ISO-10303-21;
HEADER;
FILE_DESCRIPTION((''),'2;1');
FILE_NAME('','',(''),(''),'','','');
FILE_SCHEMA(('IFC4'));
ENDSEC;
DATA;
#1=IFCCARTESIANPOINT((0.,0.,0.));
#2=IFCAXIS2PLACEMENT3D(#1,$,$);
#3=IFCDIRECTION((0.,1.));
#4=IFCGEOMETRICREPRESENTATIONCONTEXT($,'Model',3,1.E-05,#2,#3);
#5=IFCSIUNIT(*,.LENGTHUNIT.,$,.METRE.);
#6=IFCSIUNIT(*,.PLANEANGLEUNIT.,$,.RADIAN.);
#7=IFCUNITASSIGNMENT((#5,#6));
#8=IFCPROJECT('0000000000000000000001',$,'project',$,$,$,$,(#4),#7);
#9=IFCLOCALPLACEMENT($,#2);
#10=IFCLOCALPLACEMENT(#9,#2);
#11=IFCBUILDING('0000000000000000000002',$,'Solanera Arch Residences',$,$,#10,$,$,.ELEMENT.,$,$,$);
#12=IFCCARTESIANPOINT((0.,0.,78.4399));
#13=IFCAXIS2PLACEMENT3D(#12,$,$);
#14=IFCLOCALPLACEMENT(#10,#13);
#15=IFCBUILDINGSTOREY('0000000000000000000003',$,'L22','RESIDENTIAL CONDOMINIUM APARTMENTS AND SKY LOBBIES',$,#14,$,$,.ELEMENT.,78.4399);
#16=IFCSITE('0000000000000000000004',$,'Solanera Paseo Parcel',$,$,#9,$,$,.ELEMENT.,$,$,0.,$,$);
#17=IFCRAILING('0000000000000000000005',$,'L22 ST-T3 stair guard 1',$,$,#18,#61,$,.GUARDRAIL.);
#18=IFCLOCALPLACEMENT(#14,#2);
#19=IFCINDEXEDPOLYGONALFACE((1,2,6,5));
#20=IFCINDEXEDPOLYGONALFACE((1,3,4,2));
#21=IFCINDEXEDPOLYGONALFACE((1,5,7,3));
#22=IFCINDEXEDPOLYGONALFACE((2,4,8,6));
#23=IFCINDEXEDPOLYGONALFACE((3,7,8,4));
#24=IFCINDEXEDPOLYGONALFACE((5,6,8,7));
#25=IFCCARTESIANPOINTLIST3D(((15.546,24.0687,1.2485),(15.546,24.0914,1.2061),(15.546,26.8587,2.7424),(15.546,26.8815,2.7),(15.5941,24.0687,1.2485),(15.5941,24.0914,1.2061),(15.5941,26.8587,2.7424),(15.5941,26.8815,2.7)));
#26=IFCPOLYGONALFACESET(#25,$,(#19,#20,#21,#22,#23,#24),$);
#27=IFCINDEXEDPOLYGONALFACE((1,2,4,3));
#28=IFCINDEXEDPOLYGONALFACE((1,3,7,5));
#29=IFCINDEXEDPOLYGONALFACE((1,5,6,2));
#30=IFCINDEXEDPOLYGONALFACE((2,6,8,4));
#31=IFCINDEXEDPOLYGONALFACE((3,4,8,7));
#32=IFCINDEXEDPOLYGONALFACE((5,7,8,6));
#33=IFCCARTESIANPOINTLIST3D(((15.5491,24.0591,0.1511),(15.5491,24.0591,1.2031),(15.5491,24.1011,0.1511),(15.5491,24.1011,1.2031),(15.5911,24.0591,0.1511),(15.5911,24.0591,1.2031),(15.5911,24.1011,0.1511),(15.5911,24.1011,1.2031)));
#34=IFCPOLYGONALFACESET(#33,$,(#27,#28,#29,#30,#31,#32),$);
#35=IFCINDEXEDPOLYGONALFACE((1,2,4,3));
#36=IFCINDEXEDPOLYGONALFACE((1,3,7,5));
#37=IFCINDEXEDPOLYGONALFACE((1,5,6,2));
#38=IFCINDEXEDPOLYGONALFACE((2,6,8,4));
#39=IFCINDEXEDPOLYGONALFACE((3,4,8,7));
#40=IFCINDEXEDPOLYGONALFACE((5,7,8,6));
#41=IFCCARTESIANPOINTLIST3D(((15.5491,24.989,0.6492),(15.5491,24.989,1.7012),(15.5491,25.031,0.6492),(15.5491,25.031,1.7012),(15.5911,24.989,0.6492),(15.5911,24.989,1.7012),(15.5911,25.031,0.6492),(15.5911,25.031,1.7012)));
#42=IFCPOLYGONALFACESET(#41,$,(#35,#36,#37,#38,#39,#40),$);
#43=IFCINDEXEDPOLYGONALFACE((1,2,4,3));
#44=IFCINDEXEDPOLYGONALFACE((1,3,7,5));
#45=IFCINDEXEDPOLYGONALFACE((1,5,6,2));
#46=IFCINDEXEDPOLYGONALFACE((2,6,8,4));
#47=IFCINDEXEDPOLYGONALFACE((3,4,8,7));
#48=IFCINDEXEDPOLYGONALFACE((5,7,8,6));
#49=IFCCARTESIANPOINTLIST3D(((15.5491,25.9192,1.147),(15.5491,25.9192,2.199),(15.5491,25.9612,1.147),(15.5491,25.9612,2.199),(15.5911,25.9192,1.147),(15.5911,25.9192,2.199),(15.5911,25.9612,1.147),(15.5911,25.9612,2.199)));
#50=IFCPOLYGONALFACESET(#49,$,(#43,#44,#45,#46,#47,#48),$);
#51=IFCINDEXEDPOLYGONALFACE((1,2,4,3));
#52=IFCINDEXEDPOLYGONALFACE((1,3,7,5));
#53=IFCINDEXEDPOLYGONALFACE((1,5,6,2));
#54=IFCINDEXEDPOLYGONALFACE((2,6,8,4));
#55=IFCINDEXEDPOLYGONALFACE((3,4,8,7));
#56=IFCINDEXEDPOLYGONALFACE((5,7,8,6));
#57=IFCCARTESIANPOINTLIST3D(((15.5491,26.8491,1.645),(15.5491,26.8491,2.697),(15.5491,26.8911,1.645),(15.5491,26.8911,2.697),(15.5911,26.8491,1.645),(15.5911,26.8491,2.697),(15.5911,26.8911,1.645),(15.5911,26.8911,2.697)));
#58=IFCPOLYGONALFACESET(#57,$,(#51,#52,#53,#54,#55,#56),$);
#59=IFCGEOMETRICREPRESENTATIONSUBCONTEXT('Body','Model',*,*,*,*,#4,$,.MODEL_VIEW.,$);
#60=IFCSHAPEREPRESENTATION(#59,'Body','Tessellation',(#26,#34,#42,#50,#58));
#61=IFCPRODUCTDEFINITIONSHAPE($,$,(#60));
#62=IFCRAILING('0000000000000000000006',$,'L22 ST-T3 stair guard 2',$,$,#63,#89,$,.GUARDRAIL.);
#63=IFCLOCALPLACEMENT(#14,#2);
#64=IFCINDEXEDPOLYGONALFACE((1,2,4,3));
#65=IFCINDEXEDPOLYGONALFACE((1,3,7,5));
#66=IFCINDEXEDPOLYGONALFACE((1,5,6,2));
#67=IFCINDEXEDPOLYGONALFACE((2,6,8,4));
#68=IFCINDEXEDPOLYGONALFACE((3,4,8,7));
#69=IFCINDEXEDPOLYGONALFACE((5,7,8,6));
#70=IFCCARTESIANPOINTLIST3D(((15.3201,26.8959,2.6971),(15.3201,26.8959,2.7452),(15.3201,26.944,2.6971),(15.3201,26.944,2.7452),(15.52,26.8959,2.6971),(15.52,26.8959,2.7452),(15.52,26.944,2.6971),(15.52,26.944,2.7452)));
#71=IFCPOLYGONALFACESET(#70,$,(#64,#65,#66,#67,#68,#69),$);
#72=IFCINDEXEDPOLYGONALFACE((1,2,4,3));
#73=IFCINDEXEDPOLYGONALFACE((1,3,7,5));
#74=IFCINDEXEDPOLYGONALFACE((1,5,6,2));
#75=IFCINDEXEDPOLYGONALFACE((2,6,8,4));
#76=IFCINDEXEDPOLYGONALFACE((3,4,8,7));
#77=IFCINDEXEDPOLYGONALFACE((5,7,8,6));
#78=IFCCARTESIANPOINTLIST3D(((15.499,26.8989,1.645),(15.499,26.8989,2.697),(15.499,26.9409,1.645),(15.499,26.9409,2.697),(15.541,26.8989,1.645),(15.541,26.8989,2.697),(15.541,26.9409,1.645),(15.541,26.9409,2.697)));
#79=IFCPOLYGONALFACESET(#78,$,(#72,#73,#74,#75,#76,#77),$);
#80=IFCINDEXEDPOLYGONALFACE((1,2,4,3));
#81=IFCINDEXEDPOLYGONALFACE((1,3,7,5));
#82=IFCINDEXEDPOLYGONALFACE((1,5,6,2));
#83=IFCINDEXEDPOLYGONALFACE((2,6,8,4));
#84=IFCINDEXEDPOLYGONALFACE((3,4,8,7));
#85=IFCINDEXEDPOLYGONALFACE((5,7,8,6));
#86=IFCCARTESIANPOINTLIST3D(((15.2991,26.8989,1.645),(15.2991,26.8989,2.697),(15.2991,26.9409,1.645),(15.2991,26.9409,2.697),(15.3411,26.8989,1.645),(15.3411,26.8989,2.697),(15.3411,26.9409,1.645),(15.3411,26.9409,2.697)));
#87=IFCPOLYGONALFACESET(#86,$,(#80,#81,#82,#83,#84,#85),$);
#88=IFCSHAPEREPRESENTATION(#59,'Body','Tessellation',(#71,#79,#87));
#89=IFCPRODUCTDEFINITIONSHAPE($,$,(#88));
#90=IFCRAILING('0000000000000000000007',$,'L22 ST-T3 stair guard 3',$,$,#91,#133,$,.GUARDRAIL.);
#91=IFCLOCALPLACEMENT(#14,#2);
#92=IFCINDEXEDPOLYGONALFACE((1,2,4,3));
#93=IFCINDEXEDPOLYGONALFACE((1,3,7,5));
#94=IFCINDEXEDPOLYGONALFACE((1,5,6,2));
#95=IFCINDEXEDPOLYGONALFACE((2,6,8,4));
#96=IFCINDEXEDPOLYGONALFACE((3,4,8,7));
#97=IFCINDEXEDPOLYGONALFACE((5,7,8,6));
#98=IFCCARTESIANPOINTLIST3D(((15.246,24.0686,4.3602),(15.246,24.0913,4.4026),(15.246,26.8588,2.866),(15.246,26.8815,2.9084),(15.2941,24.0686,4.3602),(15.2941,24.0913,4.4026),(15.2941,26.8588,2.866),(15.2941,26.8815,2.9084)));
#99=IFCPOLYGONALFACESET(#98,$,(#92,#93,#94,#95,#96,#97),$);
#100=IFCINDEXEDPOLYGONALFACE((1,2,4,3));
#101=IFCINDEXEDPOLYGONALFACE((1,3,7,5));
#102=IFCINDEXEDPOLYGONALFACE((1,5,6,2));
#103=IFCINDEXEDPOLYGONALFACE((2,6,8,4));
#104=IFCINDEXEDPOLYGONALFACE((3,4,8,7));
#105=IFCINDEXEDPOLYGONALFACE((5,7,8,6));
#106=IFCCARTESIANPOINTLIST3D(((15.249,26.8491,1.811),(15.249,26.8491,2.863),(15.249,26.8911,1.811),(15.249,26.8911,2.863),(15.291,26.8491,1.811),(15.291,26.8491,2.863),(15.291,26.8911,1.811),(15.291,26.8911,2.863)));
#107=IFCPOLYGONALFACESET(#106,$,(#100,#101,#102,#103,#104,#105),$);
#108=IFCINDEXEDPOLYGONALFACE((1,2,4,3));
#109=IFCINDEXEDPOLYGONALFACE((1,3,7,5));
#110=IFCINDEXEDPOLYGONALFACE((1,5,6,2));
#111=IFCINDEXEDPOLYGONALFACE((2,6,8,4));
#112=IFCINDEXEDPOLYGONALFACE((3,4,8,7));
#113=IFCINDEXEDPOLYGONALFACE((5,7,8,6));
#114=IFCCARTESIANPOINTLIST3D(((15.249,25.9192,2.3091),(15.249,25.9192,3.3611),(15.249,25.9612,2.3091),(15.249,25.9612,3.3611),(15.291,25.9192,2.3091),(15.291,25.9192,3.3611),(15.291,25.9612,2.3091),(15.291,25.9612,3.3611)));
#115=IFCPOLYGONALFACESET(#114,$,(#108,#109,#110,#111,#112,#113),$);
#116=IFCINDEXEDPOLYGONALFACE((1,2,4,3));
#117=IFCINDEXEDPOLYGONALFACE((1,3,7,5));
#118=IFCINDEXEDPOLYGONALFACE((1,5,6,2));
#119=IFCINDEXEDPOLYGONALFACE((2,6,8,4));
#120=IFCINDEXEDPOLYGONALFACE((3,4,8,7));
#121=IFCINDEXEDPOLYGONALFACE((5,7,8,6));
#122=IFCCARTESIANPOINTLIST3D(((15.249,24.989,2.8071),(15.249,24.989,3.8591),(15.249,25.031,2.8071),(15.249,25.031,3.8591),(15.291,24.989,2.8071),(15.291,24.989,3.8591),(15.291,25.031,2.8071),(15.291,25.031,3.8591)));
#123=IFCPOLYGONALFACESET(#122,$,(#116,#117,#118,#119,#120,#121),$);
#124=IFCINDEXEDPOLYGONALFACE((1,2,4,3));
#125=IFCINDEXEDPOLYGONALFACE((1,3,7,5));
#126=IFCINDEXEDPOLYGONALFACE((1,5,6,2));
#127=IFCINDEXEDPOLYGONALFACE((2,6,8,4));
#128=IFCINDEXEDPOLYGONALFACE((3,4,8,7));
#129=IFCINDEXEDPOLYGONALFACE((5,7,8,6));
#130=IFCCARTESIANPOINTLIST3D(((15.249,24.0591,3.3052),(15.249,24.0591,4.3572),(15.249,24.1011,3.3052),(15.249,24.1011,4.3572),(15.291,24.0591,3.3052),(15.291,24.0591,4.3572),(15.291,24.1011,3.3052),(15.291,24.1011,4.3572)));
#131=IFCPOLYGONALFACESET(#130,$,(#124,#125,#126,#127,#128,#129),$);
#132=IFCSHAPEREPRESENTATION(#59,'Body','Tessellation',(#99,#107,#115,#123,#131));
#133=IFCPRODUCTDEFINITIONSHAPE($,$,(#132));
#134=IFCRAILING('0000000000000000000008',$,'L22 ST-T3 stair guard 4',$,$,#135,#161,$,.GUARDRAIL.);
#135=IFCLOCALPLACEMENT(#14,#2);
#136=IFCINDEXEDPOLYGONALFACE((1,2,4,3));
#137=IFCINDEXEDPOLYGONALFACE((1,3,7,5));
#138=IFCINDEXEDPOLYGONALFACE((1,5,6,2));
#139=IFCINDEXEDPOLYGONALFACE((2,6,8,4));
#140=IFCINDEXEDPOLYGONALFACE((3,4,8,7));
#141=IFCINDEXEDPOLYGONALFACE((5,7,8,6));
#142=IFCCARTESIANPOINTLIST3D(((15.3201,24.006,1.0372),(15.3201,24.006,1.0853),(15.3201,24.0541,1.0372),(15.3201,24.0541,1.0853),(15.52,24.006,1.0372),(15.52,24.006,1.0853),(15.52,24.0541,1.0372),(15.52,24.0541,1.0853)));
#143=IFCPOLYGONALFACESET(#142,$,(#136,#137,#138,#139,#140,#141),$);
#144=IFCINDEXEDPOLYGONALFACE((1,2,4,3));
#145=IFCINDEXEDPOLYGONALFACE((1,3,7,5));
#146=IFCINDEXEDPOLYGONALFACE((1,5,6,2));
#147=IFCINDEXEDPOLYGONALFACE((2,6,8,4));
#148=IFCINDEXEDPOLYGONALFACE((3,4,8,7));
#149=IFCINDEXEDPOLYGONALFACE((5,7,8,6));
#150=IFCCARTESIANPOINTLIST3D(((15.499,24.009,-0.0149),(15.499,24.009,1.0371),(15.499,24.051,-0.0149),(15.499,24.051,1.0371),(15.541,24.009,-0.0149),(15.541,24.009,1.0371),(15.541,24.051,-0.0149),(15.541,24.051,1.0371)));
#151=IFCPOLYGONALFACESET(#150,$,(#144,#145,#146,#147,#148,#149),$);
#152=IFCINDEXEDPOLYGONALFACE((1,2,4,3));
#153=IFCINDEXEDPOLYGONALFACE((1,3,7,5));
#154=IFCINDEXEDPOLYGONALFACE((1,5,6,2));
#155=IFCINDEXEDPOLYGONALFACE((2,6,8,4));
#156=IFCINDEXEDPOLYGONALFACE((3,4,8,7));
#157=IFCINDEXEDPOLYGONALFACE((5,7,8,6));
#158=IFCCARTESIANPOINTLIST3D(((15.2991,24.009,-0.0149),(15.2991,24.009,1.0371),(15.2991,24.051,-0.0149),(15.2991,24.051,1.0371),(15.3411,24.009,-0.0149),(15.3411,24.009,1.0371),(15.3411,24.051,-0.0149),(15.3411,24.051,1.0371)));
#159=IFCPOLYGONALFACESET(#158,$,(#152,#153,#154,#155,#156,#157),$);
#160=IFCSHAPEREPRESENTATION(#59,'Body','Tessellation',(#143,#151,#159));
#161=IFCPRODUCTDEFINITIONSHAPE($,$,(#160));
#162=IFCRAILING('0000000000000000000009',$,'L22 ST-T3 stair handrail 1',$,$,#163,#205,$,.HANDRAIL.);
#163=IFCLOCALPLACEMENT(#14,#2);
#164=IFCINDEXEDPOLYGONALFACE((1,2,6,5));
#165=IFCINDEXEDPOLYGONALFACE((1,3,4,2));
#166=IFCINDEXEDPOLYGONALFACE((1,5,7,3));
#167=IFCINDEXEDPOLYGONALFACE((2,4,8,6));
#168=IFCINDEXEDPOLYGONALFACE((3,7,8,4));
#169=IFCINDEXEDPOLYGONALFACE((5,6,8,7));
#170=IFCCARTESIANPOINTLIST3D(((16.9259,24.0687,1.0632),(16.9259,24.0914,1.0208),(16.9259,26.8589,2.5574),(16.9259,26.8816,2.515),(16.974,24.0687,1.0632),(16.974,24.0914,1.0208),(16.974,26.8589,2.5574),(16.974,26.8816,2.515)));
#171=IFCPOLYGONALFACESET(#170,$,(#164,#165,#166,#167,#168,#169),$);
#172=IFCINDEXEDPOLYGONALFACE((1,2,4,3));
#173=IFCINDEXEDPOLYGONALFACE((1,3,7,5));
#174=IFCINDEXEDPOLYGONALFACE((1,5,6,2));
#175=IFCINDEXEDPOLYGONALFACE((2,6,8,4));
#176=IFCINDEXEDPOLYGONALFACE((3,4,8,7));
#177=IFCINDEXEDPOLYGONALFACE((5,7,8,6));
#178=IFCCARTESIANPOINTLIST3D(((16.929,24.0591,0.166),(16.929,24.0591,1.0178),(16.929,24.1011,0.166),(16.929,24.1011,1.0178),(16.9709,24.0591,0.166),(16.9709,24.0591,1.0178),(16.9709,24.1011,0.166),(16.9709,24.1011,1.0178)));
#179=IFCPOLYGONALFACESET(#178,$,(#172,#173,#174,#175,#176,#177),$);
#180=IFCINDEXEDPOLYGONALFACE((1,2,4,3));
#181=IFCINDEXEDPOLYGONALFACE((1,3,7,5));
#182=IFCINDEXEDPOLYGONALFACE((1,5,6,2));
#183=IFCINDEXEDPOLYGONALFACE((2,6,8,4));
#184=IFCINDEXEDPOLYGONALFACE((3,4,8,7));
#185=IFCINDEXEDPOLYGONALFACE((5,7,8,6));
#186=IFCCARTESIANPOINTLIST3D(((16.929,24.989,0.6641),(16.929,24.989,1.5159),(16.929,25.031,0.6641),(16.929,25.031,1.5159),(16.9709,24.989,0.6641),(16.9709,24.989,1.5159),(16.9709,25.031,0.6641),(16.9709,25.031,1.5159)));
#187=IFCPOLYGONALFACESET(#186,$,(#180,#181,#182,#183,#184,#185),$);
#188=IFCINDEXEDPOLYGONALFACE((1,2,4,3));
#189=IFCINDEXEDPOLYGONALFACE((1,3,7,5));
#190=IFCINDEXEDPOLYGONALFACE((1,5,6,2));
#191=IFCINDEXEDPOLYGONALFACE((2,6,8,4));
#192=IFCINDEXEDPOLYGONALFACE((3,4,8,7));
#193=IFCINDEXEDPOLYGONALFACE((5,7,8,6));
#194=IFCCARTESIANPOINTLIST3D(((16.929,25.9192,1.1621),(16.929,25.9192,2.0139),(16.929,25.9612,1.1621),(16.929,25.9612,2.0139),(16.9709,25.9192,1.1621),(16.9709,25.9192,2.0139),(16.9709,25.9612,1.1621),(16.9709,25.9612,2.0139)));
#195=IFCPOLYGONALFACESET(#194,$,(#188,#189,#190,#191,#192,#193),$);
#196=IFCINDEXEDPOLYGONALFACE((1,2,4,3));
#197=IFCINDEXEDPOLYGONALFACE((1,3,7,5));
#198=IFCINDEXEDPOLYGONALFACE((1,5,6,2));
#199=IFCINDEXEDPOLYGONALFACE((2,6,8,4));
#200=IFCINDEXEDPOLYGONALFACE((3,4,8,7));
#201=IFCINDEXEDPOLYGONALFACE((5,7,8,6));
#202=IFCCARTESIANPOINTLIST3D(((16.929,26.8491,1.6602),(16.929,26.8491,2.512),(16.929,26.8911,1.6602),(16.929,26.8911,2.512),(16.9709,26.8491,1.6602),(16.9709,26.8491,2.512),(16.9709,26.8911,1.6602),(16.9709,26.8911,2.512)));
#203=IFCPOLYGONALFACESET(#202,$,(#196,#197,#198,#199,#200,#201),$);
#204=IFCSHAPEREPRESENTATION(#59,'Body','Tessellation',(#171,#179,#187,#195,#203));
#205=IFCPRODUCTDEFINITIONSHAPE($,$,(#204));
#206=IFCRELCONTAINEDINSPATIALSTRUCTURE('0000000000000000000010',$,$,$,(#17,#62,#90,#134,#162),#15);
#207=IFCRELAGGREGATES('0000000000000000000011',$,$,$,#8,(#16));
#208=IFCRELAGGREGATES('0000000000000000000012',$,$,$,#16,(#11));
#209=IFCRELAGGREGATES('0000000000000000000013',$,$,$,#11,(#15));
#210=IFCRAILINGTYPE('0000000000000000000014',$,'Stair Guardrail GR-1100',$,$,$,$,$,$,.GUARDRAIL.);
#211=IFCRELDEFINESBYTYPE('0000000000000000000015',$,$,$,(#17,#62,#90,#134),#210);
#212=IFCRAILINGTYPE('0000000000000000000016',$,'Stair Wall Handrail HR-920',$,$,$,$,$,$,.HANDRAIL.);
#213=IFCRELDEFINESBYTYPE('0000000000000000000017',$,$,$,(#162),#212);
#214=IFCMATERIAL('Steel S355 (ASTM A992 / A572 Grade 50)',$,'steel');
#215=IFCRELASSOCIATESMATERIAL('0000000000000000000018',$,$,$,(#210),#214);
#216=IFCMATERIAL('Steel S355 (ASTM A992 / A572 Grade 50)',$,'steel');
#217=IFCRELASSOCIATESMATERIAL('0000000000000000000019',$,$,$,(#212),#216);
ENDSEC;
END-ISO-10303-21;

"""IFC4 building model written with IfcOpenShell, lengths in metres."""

from ifc_helpers import new_model, si_unit, direction, frame, origin, origin_2d, place, context, subcontext, project, spatial, rectangle, extrude, material, type_object, element, save


model = new_model("IFC4")

# Units and contexts
model_context = context("Model", 3, precision=1e-05, world=origin(), true_north=direction((0.0, 1.0)))
body_context = subcontext(model_context, "Body", "Model", "MODEL_VIEW")
ifc_project = project(units=[si_unit("LENGTHUNIT", "METRE"), si_unit("PLANEANGLEUNIT", "RADIAN")], contexts=[model_context])

# Site, building, storey
site_placement = place(None, origin())
site = spatial("IfcSite", under=ifc_project, at=site_placement, Name="Solanera Paseo Parcel", CompositionType="ELEMENT", RefElevation=0.0)
building_placement = place(site_placement, origin())
building = spatial("IfcBuilding", under=site, at=building_placement, Name="Solanera Arch Residences", CompositionType="ELEMENT")
storey_placement = place(building_placement, frame((0.0, 0.0, 78.4399)))
storey = spatial("IfcBuildingStorey", under=building, at=storey_placement, Name="L22", Description="RESIDENTIAL CONDOMINIUM APARTMENTS AND SKY LOBBIES", CompositionType="ELEMENT", Elevation=78.4399)

# Railings
ifc_material_1 = material(Name="Steel S355 (ASTM A992 / A572 Grade 50)", Category="steel")
railing_type_1 = type_object("IfcRailingType", Name="Stair Guardrail GR-1100", PredefinedType="GUARDRAIL", material=ifc_material_1)
railing_1_placement = place(storey_placement, frame((15.5701, 24.0801, 0.1511)))
element("IfcRailing", 1, at=railing_1_placement, inside=storey, type_object=railing_type_1, Name="L22 ST-T3 stair guard 1", PredefinedType="GUARDRAIL", context=body_context, shape_type="SweptSolid", body=[
    extrude(rectangle(XDim=0.0481, YDim=0.0481, at=origin_2d()), frame((0.0, 0.0, 1.0762), z_axis=(0.0, 0.881581, 0.472033), x_axis=(-1.0, 0.0, 0.0)), (0.0, 0.0, 1.0), 3.1648),
    extrude(rectangle(XDim=0.042, YDim=0.042, at=origin_2d()), origin(), (0.0, 0.0, 1.0), 1.052),
    extrude(rectangle(XDim=0.042, YDim=0.042, at=origin_2d()), frame((0.0, 0.9299, 0.498)), (0.0, 0.0, 1.0), 1.052),
    extrude(rectangle(XDim=0.042, YDim=0.042, at=origin_2d()), frame((0.0, 1.8601, 0.9958)), (0.0, 0.0, 1.0), 1.052),
    extrude(rectangle(XDim=0.042, YDim=0.042, at=origin_2d()), frame((0.0, 2.79, 1.4939)), (0.0, 0.0, 1.0), 1.052),
])
railing_2_placement = place(storey_placement, frame((15.52, 26.9199, 1.645)))
element("IfcRailing", 2, at=railing_2_placement, inside=storey, type_object=railing_type_1, Name="L22 ST-T3 stair guard 2", PredefinedType="GUARDRAIL", context=body_context, shape_type="SweptSolid", body=[
    extrude(rectangle(XDim=0.0481, YDim=0.0481, at=origin_2d()), frame((0.0, 0.0, 1.0762), z_axis=(-1.0, 0.0, 0.0), x_axis=(0.0, -1.0, 0.0)), (0.0, 0.0, 1.0), 0.2),
    extrude(rectangle(XDim=0.042, YDim=0.042, at=origin_2d()), origin(), (0.0, 0.0, 1.0), 1.052),
    extrude(rectangle(XDim=0.042, YDim=0.042, at=origin_2d()), frame((-0.2, 0.0, 0.0)), (0.0, 0.0, 1.0), 1.052),
])
railing_3_placement = place(storey_placement, frame((15.27, 26.8701, 1.811)))
element("IfcRailing", 3, at=railing_3_placement, inside=storey, type_object=railing_type_1, Name="L22 ST-T3 stair guard 3", PredefinedType="GUARDRAIL", context=body_context, shape_type="SweptSolid", body=[
    extrude(rectangle(XDim=0.0481, YDim=0.0481, at=origin_2d()), frame((0.0, 0.0, 1.0762), z_axis=(0.0, -0.881549, 0.472093), x_axis=(1.0, 0.0, 0.0)), (0.0, 0.0, 1.0), 3.165),
    extrude(rectangle(XDim=0.042, YDim=0.042, at=origin_2d()), origin(), (0.0, 0.0, 1.0), 1.052),
    extrude(rectangle(XDim=0.042, YDim=0.042, at=origin_2d()), frame((0.0, -0.9299, 0.498)), (0.0, 0.0, 1.0), 1.052),
    extrude(rectangle(XDim=0.042, YDim=0.042, at=origin_2d()), frame((0.0, -1.8601, 0.9961)), (0.0, 0.0, 1.0), 1.052),
    extrude(rectangle(XDim=0.042, YDim=0.042, at=origin_2d()), frame((0.0, -2.79, 1.4941)), (0.0, 0.0, 1.0), 1.052),
])
railing_4_placement = place(storey_placement, frame((15.52, 24.03, -0.0149)))
element("IfcRailing", 4, at=railing_4_placement, inside=storey, type_object=railing_type_1, Name="L22 ST-T3 stair guard 4", PredefinedType="GUARDRAIL", context=body_context, shape_type="SweptSolid", body=[
    extrude(rectangle(XDim=0.0481, YDim=0.0481, at=origin_2d()), frame((0.0, 0.0, 1.0762), z_axis=(-1.0, 0.0, 0.0), x_axis=(0.0, -1.0, 0.0)), (0.0, 0.0, 1.0), 0.2),
    extrude(rectangle(XDim=0.042, YDim=0.042, at=origin_2d()), origin(), (0.0, 0.0, 1.0), 1.052),
    extrude(rectangle(XDim=0.042, YDim=0.042, at=origin_2d()), frame((-0.2, 0.0, 0.0)), (0.0, 0.0, 1.0), 1.052),
])
ifc_material_2 = material(Name="Steel S355 (ASTM A992 / A572 Grade 50)", Category="steel")
railing_type_2 = type_object("IfcRailingType", Name="Stair Wall Handrail HR-920", PredefinedType="HANDRAIL", material=ifc_material_2)
railing_5_placement = place(storey_placement, frame((16.95, 24.0801, 0.166)))
element("IfcRailing", 5, at=railing_5_placement, inside=storey, type_object=railing_type_2, Name="L22 ST-T3 stair handrail 1", PredefinedType="HANDRAIL", context=body_context, shape_type="SweptSolid", body=[
    extrude(rectangle(XDim=0.0481, YDim=0.0481, at=origin_2d()), frame((0.0, 0.0, 0.876), z_axis=(0.0, 0.881549, 0.472093), x_axis=(-1.0, 0.0, 0.0)), (0.0, 0.0, 1.0), 3.165),
    extrude(rectangle(XDim=0.042, YDim=0.042, at=origin_2d()), origin(), (0.0, 0.0, 1.0), 0.8518),
    extrude(rectangle(XDim=0.042, YDim=0.042, at=origin_2d()), frame((0.0, 0.9299, 0.498)), (0.0, 0.0, 1.0), 0.8518),
    extrude(rectangle(XDim=0.042, YDim=0.042, at=origin_2d()), frame((0.0, 1.8601, 0.9961)), (0.0, 0.0, 1.0), 0.8518),
    extrude(rectangle(XDim=0.042, YDim=0.042, at=origin_2d()), frame((0.0, 2.79, 1.4941)), (0.0, 0.0, 1.0), 0.8518),
])

save(model, "model.ifc")
